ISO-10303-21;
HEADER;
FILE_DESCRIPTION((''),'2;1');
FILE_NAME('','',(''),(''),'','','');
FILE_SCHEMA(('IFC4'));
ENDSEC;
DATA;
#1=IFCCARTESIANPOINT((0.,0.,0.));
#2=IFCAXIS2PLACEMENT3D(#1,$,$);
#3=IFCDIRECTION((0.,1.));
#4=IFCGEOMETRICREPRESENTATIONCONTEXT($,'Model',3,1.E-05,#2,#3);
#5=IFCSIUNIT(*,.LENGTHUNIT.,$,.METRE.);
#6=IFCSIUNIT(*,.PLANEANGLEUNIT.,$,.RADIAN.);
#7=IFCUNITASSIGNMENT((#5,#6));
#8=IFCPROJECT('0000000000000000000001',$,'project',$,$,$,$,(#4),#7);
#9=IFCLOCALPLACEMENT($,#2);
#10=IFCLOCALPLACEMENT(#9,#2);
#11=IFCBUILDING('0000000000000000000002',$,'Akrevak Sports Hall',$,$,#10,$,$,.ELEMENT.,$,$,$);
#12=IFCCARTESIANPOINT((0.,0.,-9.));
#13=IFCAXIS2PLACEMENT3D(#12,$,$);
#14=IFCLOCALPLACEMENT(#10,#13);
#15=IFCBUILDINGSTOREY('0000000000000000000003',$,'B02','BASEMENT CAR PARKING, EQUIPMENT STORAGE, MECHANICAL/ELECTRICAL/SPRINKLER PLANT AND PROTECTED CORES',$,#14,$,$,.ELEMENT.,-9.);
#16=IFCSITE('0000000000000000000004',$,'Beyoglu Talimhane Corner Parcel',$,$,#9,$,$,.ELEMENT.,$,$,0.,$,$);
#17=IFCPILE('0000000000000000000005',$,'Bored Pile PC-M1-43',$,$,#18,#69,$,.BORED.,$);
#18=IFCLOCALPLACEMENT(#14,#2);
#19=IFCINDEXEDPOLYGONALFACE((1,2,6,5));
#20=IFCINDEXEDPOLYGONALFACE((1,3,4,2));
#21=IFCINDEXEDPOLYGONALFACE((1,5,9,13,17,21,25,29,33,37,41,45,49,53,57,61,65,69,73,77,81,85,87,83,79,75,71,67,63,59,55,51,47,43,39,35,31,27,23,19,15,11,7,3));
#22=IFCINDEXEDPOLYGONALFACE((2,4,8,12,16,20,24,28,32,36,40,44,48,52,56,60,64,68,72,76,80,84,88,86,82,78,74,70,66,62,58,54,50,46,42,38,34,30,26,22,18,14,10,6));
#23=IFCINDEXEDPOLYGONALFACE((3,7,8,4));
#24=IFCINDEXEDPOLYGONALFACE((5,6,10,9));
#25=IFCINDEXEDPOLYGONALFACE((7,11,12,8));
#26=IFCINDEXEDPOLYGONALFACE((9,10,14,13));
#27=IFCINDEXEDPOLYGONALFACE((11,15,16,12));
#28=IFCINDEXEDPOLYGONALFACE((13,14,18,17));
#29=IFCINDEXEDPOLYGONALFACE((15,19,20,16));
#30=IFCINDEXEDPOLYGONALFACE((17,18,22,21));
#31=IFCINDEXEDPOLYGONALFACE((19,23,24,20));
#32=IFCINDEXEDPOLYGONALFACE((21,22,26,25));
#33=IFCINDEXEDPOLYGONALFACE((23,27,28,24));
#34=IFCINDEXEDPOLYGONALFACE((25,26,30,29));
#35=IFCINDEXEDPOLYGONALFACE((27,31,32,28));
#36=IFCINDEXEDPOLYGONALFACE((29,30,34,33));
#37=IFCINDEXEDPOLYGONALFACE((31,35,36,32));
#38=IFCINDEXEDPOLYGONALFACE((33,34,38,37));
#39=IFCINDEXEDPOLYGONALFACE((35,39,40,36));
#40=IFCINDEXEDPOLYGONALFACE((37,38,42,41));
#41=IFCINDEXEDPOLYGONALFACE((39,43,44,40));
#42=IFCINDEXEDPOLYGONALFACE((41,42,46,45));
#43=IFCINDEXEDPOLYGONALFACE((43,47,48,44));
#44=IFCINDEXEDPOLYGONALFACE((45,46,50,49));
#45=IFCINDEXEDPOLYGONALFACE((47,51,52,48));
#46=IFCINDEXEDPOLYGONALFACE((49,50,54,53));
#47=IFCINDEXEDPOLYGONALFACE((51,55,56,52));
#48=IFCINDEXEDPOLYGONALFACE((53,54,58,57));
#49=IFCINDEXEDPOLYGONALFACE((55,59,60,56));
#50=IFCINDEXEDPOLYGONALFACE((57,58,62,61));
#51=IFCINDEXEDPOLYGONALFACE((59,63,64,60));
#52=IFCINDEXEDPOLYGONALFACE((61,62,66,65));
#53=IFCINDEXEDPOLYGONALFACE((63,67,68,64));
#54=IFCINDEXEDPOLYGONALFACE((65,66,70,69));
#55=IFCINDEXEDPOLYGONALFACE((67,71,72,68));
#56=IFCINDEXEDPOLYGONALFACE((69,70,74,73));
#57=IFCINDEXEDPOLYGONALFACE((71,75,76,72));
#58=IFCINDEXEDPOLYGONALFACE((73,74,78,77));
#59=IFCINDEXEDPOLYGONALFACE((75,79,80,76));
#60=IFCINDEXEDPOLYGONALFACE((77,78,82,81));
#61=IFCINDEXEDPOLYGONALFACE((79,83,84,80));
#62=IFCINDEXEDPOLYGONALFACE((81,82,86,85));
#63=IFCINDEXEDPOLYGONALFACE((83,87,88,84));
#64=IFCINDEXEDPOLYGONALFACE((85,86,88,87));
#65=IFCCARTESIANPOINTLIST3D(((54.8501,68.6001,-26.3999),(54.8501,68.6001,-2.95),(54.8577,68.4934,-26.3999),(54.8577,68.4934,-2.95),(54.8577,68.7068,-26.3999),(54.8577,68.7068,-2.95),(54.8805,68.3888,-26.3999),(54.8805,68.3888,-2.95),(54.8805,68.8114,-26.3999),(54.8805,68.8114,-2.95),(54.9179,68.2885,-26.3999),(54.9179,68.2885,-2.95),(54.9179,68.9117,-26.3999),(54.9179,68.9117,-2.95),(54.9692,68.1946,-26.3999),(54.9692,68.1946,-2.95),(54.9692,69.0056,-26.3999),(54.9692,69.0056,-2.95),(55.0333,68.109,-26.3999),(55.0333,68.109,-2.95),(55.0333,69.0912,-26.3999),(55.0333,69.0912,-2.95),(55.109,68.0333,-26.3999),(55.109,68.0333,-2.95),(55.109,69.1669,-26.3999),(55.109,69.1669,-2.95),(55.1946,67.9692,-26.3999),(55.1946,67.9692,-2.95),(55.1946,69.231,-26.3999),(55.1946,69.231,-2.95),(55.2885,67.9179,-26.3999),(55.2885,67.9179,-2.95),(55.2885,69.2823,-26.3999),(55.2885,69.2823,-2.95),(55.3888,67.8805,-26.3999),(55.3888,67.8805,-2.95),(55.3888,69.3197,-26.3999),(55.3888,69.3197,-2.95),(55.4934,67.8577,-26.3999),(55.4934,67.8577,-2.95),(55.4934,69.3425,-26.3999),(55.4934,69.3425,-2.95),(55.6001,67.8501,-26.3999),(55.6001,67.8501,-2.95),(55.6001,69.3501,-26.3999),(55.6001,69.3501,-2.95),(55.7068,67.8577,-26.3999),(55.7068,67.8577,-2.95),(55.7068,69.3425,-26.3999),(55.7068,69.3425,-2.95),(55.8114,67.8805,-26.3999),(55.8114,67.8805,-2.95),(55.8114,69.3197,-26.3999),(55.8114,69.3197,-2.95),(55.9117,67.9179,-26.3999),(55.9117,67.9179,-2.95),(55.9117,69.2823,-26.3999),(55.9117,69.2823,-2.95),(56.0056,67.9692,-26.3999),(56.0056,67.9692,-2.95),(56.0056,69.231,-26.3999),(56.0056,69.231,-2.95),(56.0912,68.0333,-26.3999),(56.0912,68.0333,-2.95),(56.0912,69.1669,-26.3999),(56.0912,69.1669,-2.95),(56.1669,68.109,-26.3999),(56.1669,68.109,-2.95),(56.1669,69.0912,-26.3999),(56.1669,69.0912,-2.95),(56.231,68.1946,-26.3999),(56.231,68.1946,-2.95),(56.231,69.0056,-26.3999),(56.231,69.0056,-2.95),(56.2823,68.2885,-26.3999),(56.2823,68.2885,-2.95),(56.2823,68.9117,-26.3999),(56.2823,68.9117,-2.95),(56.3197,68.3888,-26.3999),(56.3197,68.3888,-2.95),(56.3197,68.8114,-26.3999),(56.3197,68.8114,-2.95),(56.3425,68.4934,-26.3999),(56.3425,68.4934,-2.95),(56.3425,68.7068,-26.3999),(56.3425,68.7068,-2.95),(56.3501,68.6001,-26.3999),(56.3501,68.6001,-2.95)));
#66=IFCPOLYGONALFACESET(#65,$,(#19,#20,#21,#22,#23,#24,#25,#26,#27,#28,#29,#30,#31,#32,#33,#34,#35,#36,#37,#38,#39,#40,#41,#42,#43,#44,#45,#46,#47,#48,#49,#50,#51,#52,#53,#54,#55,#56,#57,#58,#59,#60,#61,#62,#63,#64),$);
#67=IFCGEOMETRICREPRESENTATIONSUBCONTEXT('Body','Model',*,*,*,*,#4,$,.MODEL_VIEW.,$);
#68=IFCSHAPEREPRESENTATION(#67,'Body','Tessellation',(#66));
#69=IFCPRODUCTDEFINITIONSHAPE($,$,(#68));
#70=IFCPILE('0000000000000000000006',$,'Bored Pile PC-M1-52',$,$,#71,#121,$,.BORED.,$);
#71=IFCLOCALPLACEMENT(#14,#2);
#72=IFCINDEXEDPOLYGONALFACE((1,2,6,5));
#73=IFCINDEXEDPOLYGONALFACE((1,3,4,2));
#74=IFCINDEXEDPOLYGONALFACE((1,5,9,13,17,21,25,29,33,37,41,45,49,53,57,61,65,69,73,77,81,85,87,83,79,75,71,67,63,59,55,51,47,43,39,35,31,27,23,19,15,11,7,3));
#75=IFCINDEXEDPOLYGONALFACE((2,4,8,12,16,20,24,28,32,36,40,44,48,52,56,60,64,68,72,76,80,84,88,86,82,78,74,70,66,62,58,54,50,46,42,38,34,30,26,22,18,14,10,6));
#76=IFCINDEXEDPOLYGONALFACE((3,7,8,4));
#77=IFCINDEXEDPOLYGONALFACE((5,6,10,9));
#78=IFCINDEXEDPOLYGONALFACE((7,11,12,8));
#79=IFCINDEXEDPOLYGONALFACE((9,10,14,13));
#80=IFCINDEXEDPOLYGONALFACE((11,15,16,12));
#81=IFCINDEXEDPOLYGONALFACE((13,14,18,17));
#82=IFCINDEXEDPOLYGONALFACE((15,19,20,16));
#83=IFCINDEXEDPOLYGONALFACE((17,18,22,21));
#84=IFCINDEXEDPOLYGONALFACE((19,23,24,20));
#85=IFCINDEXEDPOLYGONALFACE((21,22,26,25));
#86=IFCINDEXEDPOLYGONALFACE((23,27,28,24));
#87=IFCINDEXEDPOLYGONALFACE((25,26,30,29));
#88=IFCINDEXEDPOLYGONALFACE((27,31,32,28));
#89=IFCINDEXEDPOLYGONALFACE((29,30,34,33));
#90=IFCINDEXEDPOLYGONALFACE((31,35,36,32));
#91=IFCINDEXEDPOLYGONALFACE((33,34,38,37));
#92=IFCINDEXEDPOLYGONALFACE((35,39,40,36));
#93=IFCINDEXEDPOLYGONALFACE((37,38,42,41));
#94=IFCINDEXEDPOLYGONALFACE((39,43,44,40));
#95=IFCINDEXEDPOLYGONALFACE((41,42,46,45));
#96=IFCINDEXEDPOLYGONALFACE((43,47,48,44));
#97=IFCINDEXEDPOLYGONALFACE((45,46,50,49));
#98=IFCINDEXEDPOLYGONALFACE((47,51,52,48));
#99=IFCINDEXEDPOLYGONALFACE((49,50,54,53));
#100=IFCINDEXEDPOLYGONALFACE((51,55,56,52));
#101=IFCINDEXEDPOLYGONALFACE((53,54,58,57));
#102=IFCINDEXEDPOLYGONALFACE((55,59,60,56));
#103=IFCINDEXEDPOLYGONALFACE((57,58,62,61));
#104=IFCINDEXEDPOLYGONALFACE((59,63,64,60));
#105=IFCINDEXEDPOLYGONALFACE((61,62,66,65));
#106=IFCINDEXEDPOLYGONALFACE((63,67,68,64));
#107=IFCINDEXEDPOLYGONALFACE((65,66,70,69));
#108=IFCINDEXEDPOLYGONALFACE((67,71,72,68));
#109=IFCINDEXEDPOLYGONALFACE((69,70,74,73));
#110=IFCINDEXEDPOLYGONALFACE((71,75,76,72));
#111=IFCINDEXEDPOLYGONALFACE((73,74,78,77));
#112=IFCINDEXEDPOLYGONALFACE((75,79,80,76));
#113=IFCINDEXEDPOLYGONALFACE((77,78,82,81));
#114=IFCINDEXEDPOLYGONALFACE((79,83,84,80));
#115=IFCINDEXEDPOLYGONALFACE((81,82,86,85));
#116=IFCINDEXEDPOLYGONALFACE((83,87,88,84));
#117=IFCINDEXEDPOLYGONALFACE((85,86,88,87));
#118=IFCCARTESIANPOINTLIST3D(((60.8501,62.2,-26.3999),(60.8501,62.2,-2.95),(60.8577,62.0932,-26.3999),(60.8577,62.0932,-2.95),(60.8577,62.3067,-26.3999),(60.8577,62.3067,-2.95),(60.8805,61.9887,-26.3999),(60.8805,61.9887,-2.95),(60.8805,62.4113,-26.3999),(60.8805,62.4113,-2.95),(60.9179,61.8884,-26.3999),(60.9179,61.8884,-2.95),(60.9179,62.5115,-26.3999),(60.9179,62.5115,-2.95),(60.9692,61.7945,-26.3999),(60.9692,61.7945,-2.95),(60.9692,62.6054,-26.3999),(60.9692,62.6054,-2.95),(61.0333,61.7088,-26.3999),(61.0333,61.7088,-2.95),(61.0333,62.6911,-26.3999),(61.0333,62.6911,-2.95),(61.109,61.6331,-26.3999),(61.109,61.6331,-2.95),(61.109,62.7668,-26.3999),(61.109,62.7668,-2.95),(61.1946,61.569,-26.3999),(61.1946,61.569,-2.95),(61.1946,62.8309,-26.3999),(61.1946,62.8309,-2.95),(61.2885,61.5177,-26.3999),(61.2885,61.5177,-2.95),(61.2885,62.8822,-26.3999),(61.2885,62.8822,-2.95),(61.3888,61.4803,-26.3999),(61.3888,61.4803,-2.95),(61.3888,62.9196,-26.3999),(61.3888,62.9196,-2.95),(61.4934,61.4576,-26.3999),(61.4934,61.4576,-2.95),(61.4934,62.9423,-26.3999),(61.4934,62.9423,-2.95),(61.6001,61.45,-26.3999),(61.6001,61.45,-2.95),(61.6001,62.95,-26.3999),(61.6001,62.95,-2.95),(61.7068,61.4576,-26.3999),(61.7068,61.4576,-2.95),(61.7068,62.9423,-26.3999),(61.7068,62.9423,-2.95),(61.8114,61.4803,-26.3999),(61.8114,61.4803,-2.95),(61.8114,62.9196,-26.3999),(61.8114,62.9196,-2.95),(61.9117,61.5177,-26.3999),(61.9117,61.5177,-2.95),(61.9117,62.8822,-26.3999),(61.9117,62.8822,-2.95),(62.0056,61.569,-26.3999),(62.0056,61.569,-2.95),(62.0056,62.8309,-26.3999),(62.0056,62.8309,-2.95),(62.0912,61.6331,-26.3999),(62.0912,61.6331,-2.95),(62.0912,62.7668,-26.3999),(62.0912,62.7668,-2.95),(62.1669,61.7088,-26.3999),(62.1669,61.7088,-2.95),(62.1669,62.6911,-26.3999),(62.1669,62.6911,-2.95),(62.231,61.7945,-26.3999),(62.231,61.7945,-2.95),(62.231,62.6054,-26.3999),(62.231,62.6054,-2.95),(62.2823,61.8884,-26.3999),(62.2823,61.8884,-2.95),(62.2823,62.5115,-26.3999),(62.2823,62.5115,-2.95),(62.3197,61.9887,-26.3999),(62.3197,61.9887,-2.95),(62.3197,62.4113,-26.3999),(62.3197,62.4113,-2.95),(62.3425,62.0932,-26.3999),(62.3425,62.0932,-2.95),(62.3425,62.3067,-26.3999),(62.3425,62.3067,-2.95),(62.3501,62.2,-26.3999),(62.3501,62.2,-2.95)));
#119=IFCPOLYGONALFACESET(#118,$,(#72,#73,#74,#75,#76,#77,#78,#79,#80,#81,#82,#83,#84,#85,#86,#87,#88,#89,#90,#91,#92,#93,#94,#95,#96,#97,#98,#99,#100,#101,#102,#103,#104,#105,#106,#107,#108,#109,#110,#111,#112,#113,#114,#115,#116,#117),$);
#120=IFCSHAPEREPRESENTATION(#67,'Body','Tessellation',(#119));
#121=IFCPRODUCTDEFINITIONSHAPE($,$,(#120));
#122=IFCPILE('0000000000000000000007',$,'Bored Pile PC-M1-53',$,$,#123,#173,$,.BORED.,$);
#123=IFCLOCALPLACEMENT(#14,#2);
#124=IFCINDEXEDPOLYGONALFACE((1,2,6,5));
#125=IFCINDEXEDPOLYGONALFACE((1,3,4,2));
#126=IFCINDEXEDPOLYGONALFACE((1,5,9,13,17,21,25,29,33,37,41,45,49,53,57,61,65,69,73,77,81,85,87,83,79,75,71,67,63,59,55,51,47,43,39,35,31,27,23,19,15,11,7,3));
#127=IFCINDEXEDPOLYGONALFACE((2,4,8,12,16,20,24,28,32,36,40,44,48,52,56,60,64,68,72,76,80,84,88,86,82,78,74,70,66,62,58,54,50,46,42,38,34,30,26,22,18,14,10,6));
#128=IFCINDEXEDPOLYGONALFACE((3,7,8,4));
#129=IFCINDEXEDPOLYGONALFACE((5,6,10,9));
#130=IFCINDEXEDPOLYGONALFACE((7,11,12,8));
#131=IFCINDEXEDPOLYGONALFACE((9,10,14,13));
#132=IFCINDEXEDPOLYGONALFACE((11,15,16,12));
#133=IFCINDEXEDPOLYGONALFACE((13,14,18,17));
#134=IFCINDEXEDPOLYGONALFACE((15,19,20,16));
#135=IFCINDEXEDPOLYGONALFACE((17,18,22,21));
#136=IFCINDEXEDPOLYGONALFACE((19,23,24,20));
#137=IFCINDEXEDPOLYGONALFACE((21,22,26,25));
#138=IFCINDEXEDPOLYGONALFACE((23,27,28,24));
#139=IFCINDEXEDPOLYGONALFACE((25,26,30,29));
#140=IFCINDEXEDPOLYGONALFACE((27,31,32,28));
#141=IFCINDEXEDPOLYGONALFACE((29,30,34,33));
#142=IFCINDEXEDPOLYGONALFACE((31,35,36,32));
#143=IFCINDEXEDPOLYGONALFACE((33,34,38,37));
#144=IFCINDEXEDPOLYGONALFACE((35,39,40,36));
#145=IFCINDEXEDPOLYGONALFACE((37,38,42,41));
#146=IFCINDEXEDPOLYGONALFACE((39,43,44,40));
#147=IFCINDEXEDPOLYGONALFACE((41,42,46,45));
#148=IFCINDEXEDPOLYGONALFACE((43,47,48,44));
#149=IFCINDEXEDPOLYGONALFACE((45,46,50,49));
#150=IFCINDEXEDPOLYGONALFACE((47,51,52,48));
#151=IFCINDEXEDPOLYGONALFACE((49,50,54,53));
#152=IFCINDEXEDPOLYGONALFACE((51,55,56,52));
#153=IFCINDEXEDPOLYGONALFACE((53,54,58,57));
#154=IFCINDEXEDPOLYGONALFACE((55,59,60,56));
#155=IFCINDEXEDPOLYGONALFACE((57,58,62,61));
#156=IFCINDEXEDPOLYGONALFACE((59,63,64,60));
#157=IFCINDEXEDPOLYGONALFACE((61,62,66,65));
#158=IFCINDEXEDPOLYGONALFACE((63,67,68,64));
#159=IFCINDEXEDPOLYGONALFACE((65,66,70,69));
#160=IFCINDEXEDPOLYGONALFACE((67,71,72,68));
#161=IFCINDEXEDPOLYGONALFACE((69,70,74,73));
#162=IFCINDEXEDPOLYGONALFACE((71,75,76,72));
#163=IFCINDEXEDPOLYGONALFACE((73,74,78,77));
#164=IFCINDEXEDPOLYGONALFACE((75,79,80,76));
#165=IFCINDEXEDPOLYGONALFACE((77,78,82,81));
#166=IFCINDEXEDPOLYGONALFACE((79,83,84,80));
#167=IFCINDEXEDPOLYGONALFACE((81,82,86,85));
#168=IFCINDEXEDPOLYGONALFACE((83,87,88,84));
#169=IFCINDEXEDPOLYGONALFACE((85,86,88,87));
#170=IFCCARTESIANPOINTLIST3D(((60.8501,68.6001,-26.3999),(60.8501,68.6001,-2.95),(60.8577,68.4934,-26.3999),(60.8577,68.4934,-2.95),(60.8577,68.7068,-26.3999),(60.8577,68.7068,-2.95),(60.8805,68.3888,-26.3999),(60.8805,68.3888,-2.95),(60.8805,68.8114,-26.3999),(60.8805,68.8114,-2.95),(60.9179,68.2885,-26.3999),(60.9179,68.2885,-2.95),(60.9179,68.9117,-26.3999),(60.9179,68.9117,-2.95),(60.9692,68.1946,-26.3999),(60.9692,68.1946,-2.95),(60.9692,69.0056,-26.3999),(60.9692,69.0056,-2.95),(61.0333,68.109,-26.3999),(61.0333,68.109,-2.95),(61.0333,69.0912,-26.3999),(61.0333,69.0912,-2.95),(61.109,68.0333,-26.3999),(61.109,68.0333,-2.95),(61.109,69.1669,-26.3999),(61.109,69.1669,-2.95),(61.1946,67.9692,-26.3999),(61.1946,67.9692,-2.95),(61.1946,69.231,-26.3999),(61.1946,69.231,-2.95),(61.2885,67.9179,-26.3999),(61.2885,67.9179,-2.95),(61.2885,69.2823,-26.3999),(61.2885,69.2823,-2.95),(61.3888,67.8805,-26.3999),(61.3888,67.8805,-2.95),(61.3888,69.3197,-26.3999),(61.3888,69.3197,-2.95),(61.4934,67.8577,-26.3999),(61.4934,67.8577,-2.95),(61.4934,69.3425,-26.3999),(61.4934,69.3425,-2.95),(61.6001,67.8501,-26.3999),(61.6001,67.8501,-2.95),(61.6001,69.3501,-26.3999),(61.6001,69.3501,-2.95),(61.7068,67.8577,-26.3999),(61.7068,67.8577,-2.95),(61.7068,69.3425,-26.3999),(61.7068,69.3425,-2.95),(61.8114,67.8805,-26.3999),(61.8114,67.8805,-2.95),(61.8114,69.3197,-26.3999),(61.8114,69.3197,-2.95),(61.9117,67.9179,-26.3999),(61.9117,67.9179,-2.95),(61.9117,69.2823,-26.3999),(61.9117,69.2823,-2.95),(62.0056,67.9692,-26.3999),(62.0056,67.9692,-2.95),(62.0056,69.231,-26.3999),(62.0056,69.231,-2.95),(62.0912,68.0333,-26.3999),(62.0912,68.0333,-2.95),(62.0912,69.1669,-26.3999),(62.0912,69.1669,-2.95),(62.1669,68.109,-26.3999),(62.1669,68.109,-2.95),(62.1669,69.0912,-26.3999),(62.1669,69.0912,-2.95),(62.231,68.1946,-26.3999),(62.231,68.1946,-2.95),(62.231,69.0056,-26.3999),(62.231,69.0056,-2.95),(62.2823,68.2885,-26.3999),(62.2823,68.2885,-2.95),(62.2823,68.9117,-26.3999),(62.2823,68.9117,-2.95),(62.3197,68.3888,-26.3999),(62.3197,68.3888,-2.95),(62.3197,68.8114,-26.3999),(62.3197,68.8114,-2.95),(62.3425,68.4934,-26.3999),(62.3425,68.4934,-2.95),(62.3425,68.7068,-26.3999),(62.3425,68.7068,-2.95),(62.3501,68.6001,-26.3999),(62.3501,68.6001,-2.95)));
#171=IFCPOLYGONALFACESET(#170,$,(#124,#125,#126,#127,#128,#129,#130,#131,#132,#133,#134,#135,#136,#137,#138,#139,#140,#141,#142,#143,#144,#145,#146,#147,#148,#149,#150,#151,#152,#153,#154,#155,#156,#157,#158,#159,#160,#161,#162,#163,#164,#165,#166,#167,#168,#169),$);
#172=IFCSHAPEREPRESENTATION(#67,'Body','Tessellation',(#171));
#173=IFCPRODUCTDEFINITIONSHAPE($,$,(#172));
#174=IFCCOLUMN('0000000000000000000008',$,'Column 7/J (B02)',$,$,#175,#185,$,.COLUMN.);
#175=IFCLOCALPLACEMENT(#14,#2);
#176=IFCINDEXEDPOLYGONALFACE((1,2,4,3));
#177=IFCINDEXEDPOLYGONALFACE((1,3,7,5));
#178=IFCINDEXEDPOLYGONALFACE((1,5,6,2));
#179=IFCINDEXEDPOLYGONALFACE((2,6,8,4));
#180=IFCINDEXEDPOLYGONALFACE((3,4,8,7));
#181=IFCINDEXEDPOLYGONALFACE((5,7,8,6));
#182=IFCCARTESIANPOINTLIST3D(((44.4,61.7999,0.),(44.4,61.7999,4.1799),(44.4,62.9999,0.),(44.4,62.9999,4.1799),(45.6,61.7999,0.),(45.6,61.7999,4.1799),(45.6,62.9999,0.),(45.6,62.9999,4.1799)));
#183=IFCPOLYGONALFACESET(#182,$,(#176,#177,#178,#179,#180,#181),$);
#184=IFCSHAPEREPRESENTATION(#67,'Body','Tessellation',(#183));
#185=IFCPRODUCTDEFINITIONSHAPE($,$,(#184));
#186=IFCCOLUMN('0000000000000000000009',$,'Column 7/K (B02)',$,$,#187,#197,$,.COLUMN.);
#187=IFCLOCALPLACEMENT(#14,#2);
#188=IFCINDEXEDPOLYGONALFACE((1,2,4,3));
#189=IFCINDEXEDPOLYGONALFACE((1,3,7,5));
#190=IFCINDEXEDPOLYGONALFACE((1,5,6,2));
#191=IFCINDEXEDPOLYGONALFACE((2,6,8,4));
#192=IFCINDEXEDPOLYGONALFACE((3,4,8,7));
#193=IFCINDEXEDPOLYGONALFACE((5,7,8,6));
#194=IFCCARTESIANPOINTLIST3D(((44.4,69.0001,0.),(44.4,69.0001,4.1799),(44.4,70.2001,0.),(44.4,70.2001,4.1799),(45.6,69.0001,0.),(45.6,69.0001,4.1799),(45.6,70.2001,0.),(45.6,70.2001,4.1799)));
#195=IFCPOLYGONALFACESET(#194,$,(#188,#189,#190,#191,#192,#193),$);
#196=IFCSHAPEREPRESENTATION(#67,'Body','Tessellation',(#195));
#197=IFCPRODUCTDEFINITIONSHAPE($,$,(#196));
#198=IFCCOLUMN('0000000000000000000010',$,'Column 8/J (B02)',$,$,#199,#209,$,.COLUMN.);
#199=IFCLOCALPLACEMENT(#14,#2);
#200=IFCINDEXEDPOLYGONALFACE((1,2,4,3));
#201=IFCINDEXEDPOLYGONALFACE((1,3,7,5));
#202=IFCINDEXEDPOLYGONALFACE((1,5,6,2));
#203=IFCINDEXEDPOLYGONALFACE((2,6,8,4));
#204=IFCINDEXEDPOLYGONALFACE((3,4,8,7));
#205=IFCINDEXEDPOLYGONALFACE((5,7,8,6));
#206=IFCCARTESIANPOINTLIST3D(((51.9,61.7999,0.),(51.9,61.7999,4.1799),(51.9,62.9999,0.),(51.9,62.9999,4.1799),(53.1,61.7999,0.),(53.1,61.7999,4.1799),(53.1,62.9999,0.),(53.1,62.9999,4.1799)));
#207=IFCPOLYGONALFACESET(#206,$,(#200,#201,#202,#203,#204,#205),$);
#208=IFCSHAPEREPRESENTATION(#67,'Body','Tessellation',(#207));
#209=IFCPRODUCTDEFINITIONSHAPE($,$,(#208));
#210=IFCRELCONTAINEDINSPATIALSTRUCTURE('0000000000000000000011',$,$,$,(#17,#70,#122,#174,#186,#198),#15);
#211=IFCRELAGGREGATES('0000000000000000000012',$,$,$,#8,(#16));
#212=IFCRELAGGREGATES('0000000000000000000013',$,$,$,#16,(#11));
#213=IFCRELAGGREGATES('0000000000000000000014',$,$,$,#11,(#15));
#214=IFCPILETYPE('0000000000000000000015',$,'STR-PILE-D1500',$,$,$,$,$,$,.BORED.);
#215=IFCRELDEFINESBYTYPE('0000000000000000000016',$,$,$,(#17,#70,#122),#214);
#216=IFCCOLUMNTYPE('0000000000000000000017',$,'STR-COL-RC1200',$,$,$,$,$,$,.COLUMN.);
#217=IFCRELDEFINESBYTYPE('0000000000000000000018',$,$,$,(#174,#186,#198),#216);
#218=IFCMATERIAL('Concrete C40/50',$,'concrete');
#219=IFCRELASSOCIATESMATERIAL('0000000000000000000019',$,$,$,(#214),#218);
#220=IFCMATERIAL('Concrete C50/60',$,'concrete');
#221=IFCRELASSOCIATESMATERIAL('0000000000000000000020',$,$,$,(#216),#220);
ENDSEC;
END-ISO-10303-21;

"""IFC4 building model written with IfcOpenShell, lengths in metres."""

from ifc_helpers import new_model, si_unit, direction, frame, origin, origin_2d, place, context, subcontext, project, spatial, rectangle, circle, extrude, material, material_profile, profile_set, type_object, element, save


model = new_model("IFC4")

# Units and contexts
model_context = context("Model", 3, precision=1e-05, world=origin(), true_north=direction((0.0, 1.0)))
body_context = subcontext(model_context, "Body", "Model", "MODEL_VIEW")
ifc_project = project(units=[si_unit("LENGTHUNIT", "METRE"), si_unit("PLANEANGLEUNIT", "RADIAN")], contexts=[model_context])

# Site, building, storey
site_placement = place(None, origin())
site = spatial("IfcSite", under=ifc_project, at=site_placement, Name="Beyoglu Talimhane Corner Parcel", CompositionType="ELEMENT", RefElevation=0.0)
building_placement = place(site_placement, origin())
building = spatial("IfcBuilding", under=site, at=building_placement, Name="Akrevak Sports Hall", CompositionType="ELEMENT")
storey_placement = place(building_placement, frame((0.0, 0.0, -9.0)))
storey = spatial("IfcBuildingStorey", under=building, at=storey_placement, Name="B02", Description="BASEMENT CAR PARKING, EQUIPMENT STORAGE, MECHANICAL/ELECTRICAL/SPRINKLER PLANT AND PROTECTED CORES", CompositionType="ELEMENT", Elevation=-9.0)

# Shared definitions
ifc_material_1 = material(Name="Concrete C40/50", Category="concrete")

# Piles
ifc_material_profile_1 = material_profile(ifc_material_1, circle(Radius=0.75, at=origin_2d()), Name="BORED PILE D1500", Category="concrete")
ifc_profile_set_1 = profile_set([ifc_material_profile_1], Name="Concrete C40/50")
pile_type = type_object("IfcPileType", Name="STR-PILE-D1500", PredefinedType="BORED", material=ifc_profile_set_1)
for number, where, z_axis, x_axis, name in (
    (1, (55.6001, 68.6001, -2.95), (0.0, 0.0, -1.0), (1.0, 0.0, 0.0), "Bored Pile PC-M1-43"),
    (2, (61.6001, 62.2, -2.95), (0.0, 0.0, -1.0), (1.0, 0.0, 0.0), "Bored Pile PC-M1-52"),
    (3, (61.6001, 68.6001, -2.95), (0.0, 0.0, -1.0), (1.0, 0.0, 0.0), "Bored Pile PC-M1-53"),
):
    element("IfcPile", number, at=place(storey_placement, frame(where, z_axis=z_axis, x_axis=x_axis)), inside=storey, type_object=pile_type, Name=name, PredefinedType="BORED", context=body_context, shape_type="SweptSolid", body=[
        extrude(circle(Radius=0.75, at=origin_2d()), origin(), (0.0, 0.0, 1.0), 23.45),
    ])

# Columns
ifc_material_2 = material(Name="Concrete C50/60", Category="concrete")
ifc_material_profile_2 = material_profile(ifc_material_2, rectangle(XDim=1.2, YDim=1.2, at=origin_2d()), Name="RC 1200x1200", Category="concrete")
ifc_profile_set_2 = profile_set([ifc_material_profile_2], Name="Concrete C50/60")
column_type = type_object("IfcColumnType", Name="STR-COL-RC1200", PredefinedType="COLUMN", material=ifc_profile_set_2)
for number, where, z_axis, x_axis, name in (
    (4, (45.0, 62.3999, 0.0), (0.0, 0.0, 1.0), (1.0, 0.0, 0.0), "Column 7/J (B02)"),
    (5, (45.0, 69.6001, 0.0), (0.0, 0.0, 1.0), (1.0, 0.0, 0.0), "Column 7/K (B02)"),
    (6, (52.5, 62.3999, 0.0), (0.0, 0.0, 1.0), (1.0, 0.0, 0.0), "Column 8/J (B02)"),
):
    element("IfcColumn", number, at=place(storey_placement, frame(where, z_axis=z_axis, x_axis=x_axis)), inside=storey, type_object=column_type, Name=name, PredefinedType="COLUMN", context=body_context, shape_type="SweptSolid", body=[
        extrude(rectangle(XDim=1.2, YDim=1.2, at=origin_2d()), origin(), (0.0, 0.0, 1.0), 4.1799),
    ])

save(model, "model.ifc")
